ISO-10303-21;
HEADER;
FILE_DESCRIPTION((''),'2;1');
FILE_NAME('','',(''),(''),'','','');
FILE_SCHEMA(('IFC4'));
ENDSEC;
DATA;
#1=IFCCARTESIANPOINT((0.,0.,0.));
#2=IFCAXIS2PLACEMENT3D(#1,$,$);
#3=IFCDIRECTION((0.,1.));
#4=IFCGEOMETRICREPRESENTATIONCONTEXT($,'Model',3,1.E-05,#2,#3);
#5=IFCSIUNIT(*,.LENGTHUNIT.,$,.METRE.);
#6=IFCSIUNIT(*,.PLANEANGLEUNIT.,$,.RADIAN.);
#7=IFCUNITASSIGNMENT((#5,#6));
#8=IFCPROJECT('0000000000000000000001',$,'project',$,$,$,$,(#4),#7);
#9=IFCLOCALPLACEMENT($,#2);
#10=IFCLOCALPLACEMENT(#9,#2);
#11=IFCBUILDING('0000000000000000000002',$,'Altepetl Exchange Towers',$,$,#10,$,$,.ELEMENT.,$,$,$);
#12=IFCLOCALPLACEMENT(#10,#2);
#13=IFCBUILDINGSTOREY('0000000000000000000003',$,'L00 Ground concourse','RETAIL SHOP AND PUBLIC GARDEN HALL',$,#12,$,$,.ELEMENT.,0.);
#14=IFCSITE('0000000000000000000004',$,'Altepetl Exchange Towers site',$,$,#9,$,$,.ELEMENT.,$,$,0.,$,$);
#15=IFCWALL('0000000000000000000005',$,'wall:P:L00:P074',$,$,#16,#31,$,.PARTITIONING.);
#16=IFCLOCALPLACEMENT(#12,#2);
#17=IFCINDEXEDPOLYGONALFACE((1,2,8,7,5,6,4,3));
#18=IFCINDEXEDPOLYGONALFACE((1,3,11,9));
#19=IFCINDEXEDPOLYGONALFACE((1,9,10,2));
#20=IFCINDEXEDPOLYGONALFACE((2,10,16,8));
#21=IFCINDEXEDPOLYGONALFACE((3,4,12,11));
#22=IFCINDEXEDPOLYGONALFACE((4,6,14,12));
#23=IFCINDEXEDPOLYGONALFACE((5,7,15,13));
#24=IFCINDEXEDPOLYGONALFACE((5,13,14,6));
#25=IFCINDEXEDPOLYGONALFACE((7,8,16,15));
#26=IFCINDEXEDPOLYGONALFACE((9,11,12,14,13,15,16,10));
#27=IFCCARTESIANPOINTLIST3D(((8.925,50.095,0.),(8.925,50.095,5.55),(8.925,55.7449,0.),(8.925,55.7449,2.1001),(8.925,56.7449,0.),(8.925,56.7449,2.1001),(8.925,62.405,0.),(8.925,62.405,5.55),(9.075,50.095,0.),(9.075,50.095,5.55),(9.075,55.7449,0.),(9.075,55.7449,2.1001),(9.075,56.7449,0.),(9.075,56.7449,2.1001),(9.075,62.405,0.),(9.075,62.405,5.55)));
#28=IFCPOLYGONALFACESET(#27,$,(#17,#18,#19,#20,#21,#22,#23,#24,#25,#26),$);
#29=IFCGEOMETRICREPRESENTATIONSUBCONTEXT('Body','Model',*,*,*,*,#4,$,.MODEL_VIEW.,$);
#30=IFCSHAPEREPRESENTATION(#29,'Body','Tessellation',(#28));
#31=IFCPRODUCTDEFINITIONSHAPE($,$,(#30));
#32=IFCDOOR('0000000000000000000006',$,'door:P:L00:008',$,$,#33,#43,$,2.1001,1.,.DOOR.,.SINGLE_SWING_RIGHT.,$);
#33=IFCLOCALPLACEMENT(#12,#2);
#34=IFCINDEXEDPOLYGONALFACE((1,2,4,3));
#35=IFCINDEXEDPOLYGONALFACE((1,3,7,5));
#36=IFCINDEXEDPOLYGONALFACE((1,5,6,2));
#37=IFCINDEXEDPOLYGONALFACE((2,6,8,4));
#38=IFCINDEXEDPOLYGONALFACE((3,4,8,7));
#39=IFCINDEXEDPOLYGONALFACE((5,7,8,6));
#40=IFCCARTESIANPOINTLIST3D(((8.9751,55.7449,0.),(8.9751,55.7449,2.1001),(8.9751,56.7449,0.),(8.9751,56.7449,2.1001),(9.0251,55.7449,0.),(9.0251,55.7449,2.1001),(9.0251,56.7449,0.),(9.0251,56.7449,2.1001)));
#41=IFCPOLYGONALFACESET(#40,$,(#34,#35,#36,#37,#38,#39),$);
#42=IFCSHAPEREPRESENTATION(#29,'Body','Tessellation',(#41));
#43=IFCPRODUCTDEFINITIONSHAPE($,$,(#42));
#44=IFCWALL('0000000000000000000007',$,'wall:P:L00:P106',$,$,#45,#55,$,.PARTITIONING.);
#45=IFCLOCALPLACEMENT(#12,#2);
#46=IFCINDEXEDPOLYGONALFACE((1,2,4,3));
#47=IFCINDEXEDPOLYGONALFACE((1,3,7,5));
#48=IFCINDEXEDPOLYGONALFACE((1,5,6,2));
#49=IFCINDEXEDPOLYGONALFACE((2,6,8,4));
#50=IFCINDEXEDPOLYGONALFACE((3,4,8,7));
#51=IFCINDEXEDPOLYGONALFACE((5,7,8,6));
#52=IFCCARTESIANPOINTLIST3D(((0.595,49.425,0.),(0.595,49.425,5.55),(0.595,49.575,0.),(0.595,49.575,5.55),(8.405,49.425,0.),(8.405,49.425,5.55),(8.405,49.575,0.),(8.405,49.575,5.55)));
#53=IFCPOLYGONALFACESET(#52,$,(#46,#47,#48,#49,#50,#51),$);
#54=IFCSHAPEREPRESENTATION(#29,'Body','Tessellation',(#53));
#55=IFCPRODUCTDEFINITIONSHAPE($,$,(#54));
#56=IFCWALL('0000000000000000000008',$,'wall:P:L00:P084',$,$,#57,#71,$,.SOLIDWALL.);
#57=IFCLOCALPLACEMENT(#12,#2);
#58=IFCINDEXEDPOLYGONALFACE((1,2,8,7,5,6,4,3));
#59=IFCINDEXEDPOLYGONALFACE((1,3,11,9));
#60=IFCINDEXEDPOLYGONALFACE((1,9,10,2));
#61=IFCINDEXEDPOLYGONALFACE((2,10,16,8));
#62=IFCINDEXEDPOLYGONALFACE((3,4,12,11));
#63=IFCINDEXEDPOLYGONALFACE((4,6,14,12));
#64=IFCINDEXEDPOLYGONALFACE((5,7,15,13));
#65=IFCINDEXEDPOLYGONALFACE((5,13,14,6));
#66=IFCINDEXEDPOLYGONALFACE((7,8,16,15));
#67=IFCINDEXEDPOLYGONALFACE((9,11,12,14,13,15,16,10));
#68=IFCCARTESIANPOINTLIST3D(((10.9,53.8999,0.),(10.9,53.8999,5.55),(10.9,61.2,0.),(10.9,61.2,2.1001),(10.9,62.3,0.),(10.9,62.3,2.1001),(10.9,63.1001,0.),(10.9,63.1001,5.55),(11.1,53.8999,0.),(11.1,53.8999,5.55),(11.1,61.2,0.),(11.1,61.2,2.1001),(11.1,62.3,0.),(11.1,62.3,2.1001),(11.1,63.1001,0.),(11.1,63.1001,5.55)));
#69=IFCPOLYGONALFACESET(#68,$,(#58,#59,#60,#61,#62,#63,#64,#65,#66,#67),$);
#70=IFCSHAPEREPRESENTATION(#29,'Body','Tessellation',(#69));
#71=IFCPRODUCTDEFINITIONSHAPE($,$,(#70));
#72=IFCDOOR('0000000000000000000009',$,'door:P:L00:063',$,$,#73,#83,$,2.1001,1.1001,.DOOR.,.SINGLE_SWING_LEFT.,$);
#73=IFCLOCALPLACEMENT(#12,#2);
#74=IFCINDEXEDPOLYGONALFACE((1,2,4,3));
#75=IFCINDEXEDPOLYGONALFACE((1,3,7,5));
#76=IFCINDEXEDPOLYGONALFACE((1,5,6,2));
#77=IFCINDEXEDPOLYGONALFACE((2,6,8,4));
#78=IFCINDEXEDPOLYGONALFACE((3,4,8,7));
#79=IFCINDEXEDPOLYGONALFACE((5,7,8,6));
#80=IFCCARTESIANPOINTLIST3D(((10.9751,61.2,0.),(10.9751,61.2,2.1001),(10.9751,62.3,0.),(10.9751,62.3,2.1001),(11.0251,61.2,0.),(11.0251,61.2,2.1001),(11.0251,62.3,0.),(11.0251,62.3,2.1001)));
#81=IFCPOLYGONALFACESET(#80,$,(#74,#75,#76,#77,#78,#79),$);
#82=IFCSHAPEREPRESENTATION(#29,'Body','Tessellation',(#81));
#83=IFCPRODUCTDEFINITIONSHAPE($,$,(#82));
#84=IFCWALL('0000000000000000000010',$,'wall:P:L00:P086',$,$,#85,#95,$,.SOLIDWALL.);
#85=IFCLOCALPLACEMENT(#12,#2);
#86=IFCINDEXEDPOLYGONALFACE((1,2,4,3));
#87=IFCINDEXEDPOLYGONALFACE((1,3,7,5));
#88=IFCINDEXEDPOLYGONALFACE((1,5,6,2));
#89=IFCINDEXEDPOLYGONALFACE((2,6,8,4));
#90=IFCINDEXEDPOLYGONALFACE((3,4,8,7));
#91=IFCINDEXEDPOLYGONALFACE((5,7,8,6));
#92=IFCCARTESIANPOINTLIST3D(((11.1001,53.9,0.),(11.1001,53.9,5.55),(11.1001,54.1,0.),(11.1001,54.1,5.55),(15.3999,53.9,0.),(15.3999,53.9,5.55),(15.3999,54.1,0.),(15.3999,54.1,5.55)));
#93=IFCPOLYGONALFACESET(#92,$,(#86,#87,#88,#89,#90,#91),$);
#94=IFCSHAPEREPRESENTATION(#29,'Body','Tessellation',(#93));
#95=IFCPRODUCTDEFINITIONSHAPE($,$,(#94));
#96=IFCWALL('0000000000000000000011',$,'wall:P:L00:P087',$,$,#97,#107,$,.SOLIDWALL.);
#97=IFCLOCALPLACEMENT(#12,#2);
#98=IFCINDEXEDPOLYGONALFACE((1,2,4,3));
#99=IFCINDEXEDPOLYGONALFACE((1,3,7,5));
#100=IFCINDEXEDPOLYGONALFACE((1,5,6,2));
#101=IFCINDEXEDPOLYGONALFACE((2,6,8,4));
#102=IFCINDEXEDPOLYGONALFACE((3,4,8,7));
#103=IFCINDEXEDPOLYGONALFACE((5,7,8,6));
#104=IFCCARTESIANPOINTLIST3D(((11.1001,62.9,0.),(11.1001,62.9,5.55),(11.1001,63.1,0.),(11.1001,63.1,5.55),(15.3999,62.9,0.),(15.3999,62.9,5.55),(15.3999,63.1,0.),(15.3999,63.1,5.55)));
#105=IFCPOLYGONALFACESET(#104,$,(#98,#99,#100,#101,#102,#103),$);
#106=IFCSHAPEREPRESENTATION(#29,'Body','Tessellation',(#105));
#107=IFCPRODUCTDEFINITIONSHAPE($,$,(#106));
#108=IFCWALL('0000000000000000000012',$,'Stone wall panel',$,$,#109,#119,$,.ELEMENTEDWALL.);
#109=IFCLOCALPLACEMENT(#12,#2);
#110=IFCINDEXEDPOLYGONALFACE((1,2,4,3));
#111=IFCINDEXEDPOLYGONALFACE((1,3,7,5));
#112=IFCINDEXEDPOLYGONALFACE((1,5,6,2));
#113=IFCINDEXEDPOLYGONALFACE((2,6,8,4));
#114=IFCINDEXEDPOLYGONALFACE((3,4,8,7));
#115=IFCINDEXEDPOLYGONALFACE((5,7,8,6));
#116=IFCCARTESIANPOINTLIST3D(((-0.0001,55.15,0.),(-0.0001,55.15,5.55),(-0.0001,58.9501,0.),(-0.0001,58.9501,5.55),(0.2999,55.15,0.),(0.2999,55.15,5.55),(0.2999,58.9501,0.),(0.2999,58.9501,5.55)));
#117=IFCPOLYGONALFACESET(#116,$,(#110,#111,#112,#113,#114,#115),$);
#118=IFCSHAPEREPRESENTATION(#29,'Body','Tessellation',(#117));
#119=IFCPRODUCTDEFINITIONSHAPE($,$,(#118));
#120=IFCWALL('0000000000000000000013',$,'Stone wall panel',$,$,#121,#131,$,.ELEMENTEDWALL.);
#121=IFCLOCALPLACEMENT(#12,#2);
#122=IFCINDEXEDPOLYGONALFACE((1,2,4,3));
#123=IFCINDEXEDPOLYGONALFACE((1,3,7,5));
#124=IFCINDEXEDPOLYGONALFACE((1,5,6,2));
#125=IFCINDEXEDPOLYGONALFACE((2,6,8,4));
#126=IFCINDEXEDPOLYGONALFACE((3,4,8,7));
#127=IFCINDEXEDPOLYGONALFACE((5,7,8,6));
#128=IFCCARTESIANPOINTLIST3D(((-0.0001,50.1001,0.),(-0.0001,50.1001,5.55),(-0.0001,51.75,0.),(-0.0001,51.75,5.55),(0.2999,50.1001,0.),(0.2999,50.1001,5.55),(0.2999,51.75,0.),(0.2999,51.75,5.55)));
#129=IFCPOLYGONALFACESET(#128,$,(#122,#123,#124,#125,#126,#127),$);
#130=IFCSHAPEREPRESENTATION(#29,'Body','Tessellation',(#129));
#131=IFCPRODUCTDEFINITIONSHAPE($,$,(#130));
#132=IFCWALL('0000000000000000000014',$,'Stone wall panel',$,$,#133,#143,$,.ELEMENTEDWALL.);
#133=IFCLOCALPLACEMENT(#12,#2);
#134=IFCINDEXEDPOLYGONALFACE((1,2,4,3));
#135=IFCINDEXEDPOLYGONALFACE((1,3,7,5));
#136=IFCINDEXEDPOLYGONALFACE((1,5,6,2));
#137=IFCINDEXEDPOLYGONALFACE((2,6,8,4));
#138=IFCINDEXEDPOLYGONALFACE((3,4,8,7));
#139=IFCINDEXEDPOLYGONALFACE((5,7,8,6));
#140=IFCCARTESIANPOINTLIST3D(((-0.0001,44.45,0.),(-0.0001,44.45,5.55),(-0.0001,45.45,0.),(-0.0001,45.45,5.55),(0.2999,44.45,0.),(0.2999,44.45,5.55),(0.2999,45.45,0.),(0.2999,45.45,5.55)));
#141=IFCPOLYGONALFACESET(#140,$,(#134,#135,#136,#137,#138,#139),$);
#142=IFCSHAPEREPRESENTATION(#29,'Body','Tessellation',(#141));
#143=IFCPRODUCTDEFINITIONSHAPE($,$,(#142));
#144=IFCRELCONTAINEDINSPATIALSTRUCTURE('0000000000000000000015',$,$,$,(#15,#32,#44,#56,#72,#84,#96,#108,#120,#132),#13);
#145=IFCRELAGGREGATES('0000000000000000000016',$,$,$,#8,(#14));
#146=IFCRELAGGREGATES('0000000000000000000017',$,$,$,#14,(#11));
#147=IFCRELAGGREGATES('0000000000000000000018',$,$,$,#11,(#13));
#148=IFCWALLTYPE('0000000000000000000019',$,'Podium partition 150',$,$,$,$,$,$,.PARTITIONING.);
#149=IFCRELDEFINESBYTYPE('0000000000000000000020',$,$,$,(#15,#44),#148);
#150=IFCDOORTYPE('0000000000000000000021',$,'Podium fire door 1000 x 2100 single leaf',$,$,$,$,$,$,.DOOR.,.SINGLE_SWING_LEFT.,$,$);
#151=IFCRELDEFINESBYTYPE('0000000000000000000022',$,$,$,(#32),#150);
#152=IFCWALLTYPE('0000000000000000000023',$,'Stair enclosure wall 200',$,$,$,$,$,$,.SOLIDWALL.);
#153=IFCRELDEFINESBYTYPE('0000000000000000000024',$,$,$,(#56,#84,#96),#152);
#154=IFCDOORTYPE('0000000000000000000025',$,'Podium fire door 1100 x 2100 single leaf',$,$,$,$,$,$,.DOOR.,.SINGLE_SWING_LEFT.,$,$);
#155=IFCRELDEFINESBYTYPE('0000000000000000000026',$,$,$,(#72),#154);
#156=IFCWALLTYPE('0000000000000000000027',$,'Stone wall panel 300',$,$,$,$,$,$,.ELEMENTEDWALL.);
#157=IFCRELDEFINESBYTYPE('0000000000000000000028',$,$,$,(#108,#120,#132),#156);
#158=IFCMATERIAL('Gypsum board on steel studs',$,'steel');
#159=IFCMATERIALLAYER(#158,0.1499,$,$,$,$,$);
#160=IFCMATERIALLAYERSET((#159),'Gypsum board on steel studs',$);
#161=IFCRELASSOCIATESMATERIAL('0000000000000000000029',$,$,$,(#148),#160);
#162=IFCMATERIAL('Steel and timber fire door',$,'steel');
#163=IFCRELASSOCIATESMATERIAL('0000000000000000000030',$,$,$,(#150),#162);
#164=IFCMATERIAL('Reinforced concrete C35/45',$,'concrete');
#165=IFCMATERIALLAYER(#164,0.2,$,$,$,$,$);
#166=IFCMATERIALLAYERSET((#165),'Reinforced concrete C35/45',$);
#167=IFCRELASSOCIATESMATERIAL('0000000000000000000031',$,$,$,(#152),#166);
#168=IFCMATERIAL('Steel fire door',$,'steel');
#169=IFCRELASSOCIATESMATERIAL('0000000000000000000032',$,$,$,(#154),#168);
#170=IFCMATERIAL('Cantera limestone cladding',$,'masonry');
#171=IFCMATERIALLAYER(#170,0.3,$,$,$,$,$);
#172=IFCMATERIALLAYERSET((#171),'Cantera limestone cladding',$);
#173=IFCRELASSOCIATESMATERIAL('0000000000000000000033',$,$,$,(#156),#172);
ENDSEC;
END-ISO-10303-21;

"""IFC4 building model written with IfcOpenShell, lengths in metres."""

from ifc_helpers import new_model, si_unit, direction, frame, frame_2d, origin, place, context, subcontext, project, spatial, rectangle, extrude, material, layer, layer_set, type_object, element, fill, save


model = new_model("IFC4")

# Units and contexts
model_context = context("Model", 3, precision=1e-05, world=origin(), true_north=direction((0.0, 1.0)))
body_context = subcontext(model_context, "Body", "Model", "MODEL_VIEW")
ifc_project = project(units=[si_unit("LENGTHUNIT", "METRE"), si_unit("PLANEANGLEUNIT", "RADIAN")], contexts=[model_context])

# Site, building, storey
site_placement = place(None, origin())
site = spatial("IfcSite", under=ifc_project, at=site_placement, Name="Altepetl Exchange Towers site", CompositionType="ELEMENT", RefElevation=0.0)
building_placement = place(site_placement, origin())
building = spatial("IfcBuilding", under=site, at=building_placement, Name="Altepetl Exchange Towers", CompositionType="ELEMENT")
storey_placement = place(building_placement, origin())
storey = spatial("IfcBuildingStorey", under=building, at=storey_placement, Name="L00 Ground concourse", Description="RETAIL SHOP AND PUBLIC GARDEN HALL", CompositionType="ELEMENT", Elevation=0.0)

# Wall, opening, door
ifc_material_1 = material(Name="Gypsum board on steel studs", Category="steel")
ifc_layer_1 = layer(ifc_material_1, 0.1499)
ifc_layer_set_1 = layer_set([ifc_layer_1], Name="Gypsum board on steel studs")
wall_type_1 = type_object("IfcWallType", Name="Podium partition 150", PredefinedType="PARTITIONING", material=ifc_layer_set_1)
wall_1_placement = place(storey_placement, frame((9.0, 50.095, 0.0), z_axis=(0.0, 0.0, 1.0), x_axis=(0.0, 1.0, 0.0)))
wall_1 = element("IfcWall", 1, at=wall_1_placement, inside=storey, type_object=wall_type_1, Name="wall:P:L00:P074", PredefinedType="PARTITIONING", context=body_context, shape_type="SweptSolid", body=[
    extrude(rectangle(XDim=12.3101, YDim=0.1499, at=frame_2d((6.155, 0.0))), origin(), (0.0, 0.0, 1.0), 5.55),
])
opening_1_placement = place(wall_1_placement, frame((5.6499, 0.0, 0.0)))
opening_1 = element("IfcOpeningElement", 2, at=opening_1_placement, cuts=wall_1, PredefinedType="OPENING", context=body_context, shape_type="SweptSolid", body=[
    extrude(rectangle(XDim=1.0, YDim=2.1001, at=frame_2d((0.5, 1.05))), frame((0.0, 0.085, 0.0), z_axis=(0.0, -1.0, 0.0), x_axis=(1.0, 0.0, 0.0)), (0.0, 0.0, 1.0), 0.1699),
])
ifc_material_2 = material(Name="Steel and timber fire door", Category="steel")
door_type_1 = type_object("IfcDoorType", Name="Podium fire door 1000 x 2100 single leaf", OperationType="SINGLE_SWING_LEFT", PredefinedType="DOOR", material=ifc_material_2)
door_1_placement = place(opening_1_placement, origin())
door_1 = element("IfcDoor", 3, at=door_1_placement, inside=storey, type_object=door_type_1, Name="door:P:L00:008", OperationType="SINGLE_SWING_RIGHT", OverallHeight=2.1001, OverallWidth=1.0, PredefinedType="DOOR", context=body_context, shape_type="SweptSolid", body=[
    extrude(rectangle(XDim=1.0, YDim=2.1001, at=frame_2d((0.5, 1.05))), frame((0.0, 0.0249, 0.0), z_axis=(0.0, -1.0, 0.0), x_axis=(1.0, 0.0, 0.0)), (0.0, 0.0, 1.0), 0.05),
])
fill(opening_1, door_1)

# Wall
wall_2_placement = place(storey_placement, frame((0.595, 49.5, 0.0)))
element("IfcWall", 4, at=wall_2_placement, inside=storey, type_object=wall_type_1, Name="wall:P:L00:P106", PredefinedType="PARTITIONING", context=body_context, shape_type="SweptSolid", body=[
    extrude(rectangle(XDim=7.8101, YDim=0.1499, at=frame_2d((3.905, 0.0))), origin(), (0.0, 0.0, 1.0), 5.55),
])

# Wall, opening, door
ifc_material_3 = material(Name="Reinforced concrete C35/45", Category="concrete")
ifc_layer_2 = layer(ifc_material_3, 0.2)
ifc_layer_set_2 = layer_set([ifc_layer_2], Name="Reinforced concrete C35/45")
wall_type_2 = type_object("IfcWallType", Name="Stair enclosure wall 200", PredefinedType="SOLIDWALL", material=ifc_layer_set_2)
wall_3_placement = place(storey_placement, frame((11.0, 53.8999, 0.0), z_axis=(0.0, 0.0, 1.0), x_axis=(0.0, 1.0, 0.0)))
wall_3 = element("IfcWall", 5, at=wall_3_placement, inside=storey, type_object=wall_type_2, Name="wall:P:L00:P084", PredefinedType="SOLIDWALL", context=body_context, shape_type="SweptSolid", body=[
    extrude(rectangle(XDim=9.2002, YDim=0.2, at=frame_2d((4.6001, 0.0))), origin(), (0.0, 0.0, 1.0), 5.55),
])
opening_2_placement = place(wall_3_placement, frame((7.3, 0.0, 0.0)))
opening_2 = element("IfcOpeningElement", 6, at=opening_2_placement, cuts=wall_3, PredefinedType="OPENING", context=body_context, shape_type="SweptSolid", body=[
    extrude(rectangle(XDim=1.1001, YDim=2.1001, at=frame_2d((0.55, 1.05))), frame((0.0, 0.1099, 0.0), z_axis=(0.0, -1.0, 0.0), x_axis=(1.0, 0.0, 0.0)), (0.0, 0.0, 1.0), 0.22),
])
ifc_material_4 = material(Name="Steel fire door", Category="steel")
door_type_2 = type_object("IfcDoorType", Name="Podium fire door 1100 x 2100 single leaf", OperationType="SINGLE_SWING_LEFT", PredefinedType="DOOR", material=ifc_material_4)
door_2_placement = place(opening_2_placement, origin())
door_2 = element("IfcDoor", 7, at=door_2_placement, inside=storey, type_object=door_type_2, Name="door:P:L00:063", OperationType="SINGLE_SWING_LEFT", OverallHeight=2.1001, OverallWidth=1.1001, PredefinedType="DOOR", context=body_context, shape_type="SweptSolid", body=[
    extrude(rectangle(XDim=1.1001, YDim=2.1001, at=frame_2d((0.55, 1.05))), frame((0.0, 0.0249, 0.0), z_axis=(0.0, -1.0, 0.0), x_axis=(1.0, 0.0, 0.0)), (0.0, 0.0, 1.0), 0.05),
])
fill(opening_2, door_2)

# Walls
for number, where, name in (
    (8, (11.1001, 54.0, 0.0), "wall:P:L00:P086"),
    (9, (11.1001, 63.0, 0.0), "wall:P:L00:P087"),
):
    element("IfcWall", number, at=place(storey_placement, frame(where)), inside=storey, type_object=wall_type_2, Name=name, PredefinedType="SOLIDWALL", context=body_context, shape_type="SweptSolid", body=[
        extrude(rectangle(XDim=4.2998, YDim=0.2, at=frame_2d((2.1499, 0.0))), origin(), (0.0, 0.0, 1.0), 5.55),
    ])
ifc_material_5 = material(Name="Cantera limestone cladding", Category="masonry")
ifc_layer_3 = layer(ifc_material_5, 0.3)
ifc_layer_set_3 = layer_set([ifc_layer_3], Name="Cantera limestone cladding")
wall_type_3 = type_object("IfcWallType", Name="Stone wall panel 300", PredefinedType="ELEMENTEDWALL", material=ifc_layer_set_3)
wall_4_placement = place(storey_placement, frame((0.1499, 58.95, 0.0), z_axis=(0.0, 0.0, 1.0), x_axis=(0.0, -1.0, 0.0)))
element("IfcWall", 10, at=wall_4_placement, inside=storey, type_object=wall_type_3, Name="Stone wall panel", PredefinedType="ELEMENTEDWALL", context=body_context, shape_type="SweptSolid", body=[
    extrude(rectangle(XDim=3.8, YDim=0.3, at=frame_2d((1.8999, 0.0))), origin(), (0.0, 0.0, 1.0), 5.55),
])
wall_5_placement = place(storey_placement, frame((0.1499, 51.75, 0.0), z_axis=(0.0, 0.0, 1.0), x_axis=(0.0, -1.0, 0.0)))
element("IfcWall", 11, at=wall_5_placement, inside=storey, type_object=wall_type_3, Name="Stone wall panel", PredefinedType="ELEMENTEDWALL", context=body_context, shape_type="SweptSolid", body=[
    extrude(rectangle(XDim=1.6499, YDim=0.3, at=frame_2d((0.825, 0.0))), origin(), (0.0, 0.0, 1.0), 5.55),
])
wall_6_placement = place(storey_placement, frame((0.1499, 45.45, 0.0), z_axis=(0.0, 0.0, 1.0), x_axis=(0.0, -1.0, 0.0)))
element("IfcWall", 12, at=wall_6_placement, inside=storey, type_object=wall_type_3, Name="Stone wall panel", PredefinedType="ELEMENTEDWALL", context=body_context, shape_type="SweptSolid", body=[
    extrude(rectangle(XDim=1.0, YDim=0.3, at=frame_2d((0.5, 0.0))), origin(), (0.0, 0.0, 1.0), 5.55),
])

save(model, "model.ifc")
